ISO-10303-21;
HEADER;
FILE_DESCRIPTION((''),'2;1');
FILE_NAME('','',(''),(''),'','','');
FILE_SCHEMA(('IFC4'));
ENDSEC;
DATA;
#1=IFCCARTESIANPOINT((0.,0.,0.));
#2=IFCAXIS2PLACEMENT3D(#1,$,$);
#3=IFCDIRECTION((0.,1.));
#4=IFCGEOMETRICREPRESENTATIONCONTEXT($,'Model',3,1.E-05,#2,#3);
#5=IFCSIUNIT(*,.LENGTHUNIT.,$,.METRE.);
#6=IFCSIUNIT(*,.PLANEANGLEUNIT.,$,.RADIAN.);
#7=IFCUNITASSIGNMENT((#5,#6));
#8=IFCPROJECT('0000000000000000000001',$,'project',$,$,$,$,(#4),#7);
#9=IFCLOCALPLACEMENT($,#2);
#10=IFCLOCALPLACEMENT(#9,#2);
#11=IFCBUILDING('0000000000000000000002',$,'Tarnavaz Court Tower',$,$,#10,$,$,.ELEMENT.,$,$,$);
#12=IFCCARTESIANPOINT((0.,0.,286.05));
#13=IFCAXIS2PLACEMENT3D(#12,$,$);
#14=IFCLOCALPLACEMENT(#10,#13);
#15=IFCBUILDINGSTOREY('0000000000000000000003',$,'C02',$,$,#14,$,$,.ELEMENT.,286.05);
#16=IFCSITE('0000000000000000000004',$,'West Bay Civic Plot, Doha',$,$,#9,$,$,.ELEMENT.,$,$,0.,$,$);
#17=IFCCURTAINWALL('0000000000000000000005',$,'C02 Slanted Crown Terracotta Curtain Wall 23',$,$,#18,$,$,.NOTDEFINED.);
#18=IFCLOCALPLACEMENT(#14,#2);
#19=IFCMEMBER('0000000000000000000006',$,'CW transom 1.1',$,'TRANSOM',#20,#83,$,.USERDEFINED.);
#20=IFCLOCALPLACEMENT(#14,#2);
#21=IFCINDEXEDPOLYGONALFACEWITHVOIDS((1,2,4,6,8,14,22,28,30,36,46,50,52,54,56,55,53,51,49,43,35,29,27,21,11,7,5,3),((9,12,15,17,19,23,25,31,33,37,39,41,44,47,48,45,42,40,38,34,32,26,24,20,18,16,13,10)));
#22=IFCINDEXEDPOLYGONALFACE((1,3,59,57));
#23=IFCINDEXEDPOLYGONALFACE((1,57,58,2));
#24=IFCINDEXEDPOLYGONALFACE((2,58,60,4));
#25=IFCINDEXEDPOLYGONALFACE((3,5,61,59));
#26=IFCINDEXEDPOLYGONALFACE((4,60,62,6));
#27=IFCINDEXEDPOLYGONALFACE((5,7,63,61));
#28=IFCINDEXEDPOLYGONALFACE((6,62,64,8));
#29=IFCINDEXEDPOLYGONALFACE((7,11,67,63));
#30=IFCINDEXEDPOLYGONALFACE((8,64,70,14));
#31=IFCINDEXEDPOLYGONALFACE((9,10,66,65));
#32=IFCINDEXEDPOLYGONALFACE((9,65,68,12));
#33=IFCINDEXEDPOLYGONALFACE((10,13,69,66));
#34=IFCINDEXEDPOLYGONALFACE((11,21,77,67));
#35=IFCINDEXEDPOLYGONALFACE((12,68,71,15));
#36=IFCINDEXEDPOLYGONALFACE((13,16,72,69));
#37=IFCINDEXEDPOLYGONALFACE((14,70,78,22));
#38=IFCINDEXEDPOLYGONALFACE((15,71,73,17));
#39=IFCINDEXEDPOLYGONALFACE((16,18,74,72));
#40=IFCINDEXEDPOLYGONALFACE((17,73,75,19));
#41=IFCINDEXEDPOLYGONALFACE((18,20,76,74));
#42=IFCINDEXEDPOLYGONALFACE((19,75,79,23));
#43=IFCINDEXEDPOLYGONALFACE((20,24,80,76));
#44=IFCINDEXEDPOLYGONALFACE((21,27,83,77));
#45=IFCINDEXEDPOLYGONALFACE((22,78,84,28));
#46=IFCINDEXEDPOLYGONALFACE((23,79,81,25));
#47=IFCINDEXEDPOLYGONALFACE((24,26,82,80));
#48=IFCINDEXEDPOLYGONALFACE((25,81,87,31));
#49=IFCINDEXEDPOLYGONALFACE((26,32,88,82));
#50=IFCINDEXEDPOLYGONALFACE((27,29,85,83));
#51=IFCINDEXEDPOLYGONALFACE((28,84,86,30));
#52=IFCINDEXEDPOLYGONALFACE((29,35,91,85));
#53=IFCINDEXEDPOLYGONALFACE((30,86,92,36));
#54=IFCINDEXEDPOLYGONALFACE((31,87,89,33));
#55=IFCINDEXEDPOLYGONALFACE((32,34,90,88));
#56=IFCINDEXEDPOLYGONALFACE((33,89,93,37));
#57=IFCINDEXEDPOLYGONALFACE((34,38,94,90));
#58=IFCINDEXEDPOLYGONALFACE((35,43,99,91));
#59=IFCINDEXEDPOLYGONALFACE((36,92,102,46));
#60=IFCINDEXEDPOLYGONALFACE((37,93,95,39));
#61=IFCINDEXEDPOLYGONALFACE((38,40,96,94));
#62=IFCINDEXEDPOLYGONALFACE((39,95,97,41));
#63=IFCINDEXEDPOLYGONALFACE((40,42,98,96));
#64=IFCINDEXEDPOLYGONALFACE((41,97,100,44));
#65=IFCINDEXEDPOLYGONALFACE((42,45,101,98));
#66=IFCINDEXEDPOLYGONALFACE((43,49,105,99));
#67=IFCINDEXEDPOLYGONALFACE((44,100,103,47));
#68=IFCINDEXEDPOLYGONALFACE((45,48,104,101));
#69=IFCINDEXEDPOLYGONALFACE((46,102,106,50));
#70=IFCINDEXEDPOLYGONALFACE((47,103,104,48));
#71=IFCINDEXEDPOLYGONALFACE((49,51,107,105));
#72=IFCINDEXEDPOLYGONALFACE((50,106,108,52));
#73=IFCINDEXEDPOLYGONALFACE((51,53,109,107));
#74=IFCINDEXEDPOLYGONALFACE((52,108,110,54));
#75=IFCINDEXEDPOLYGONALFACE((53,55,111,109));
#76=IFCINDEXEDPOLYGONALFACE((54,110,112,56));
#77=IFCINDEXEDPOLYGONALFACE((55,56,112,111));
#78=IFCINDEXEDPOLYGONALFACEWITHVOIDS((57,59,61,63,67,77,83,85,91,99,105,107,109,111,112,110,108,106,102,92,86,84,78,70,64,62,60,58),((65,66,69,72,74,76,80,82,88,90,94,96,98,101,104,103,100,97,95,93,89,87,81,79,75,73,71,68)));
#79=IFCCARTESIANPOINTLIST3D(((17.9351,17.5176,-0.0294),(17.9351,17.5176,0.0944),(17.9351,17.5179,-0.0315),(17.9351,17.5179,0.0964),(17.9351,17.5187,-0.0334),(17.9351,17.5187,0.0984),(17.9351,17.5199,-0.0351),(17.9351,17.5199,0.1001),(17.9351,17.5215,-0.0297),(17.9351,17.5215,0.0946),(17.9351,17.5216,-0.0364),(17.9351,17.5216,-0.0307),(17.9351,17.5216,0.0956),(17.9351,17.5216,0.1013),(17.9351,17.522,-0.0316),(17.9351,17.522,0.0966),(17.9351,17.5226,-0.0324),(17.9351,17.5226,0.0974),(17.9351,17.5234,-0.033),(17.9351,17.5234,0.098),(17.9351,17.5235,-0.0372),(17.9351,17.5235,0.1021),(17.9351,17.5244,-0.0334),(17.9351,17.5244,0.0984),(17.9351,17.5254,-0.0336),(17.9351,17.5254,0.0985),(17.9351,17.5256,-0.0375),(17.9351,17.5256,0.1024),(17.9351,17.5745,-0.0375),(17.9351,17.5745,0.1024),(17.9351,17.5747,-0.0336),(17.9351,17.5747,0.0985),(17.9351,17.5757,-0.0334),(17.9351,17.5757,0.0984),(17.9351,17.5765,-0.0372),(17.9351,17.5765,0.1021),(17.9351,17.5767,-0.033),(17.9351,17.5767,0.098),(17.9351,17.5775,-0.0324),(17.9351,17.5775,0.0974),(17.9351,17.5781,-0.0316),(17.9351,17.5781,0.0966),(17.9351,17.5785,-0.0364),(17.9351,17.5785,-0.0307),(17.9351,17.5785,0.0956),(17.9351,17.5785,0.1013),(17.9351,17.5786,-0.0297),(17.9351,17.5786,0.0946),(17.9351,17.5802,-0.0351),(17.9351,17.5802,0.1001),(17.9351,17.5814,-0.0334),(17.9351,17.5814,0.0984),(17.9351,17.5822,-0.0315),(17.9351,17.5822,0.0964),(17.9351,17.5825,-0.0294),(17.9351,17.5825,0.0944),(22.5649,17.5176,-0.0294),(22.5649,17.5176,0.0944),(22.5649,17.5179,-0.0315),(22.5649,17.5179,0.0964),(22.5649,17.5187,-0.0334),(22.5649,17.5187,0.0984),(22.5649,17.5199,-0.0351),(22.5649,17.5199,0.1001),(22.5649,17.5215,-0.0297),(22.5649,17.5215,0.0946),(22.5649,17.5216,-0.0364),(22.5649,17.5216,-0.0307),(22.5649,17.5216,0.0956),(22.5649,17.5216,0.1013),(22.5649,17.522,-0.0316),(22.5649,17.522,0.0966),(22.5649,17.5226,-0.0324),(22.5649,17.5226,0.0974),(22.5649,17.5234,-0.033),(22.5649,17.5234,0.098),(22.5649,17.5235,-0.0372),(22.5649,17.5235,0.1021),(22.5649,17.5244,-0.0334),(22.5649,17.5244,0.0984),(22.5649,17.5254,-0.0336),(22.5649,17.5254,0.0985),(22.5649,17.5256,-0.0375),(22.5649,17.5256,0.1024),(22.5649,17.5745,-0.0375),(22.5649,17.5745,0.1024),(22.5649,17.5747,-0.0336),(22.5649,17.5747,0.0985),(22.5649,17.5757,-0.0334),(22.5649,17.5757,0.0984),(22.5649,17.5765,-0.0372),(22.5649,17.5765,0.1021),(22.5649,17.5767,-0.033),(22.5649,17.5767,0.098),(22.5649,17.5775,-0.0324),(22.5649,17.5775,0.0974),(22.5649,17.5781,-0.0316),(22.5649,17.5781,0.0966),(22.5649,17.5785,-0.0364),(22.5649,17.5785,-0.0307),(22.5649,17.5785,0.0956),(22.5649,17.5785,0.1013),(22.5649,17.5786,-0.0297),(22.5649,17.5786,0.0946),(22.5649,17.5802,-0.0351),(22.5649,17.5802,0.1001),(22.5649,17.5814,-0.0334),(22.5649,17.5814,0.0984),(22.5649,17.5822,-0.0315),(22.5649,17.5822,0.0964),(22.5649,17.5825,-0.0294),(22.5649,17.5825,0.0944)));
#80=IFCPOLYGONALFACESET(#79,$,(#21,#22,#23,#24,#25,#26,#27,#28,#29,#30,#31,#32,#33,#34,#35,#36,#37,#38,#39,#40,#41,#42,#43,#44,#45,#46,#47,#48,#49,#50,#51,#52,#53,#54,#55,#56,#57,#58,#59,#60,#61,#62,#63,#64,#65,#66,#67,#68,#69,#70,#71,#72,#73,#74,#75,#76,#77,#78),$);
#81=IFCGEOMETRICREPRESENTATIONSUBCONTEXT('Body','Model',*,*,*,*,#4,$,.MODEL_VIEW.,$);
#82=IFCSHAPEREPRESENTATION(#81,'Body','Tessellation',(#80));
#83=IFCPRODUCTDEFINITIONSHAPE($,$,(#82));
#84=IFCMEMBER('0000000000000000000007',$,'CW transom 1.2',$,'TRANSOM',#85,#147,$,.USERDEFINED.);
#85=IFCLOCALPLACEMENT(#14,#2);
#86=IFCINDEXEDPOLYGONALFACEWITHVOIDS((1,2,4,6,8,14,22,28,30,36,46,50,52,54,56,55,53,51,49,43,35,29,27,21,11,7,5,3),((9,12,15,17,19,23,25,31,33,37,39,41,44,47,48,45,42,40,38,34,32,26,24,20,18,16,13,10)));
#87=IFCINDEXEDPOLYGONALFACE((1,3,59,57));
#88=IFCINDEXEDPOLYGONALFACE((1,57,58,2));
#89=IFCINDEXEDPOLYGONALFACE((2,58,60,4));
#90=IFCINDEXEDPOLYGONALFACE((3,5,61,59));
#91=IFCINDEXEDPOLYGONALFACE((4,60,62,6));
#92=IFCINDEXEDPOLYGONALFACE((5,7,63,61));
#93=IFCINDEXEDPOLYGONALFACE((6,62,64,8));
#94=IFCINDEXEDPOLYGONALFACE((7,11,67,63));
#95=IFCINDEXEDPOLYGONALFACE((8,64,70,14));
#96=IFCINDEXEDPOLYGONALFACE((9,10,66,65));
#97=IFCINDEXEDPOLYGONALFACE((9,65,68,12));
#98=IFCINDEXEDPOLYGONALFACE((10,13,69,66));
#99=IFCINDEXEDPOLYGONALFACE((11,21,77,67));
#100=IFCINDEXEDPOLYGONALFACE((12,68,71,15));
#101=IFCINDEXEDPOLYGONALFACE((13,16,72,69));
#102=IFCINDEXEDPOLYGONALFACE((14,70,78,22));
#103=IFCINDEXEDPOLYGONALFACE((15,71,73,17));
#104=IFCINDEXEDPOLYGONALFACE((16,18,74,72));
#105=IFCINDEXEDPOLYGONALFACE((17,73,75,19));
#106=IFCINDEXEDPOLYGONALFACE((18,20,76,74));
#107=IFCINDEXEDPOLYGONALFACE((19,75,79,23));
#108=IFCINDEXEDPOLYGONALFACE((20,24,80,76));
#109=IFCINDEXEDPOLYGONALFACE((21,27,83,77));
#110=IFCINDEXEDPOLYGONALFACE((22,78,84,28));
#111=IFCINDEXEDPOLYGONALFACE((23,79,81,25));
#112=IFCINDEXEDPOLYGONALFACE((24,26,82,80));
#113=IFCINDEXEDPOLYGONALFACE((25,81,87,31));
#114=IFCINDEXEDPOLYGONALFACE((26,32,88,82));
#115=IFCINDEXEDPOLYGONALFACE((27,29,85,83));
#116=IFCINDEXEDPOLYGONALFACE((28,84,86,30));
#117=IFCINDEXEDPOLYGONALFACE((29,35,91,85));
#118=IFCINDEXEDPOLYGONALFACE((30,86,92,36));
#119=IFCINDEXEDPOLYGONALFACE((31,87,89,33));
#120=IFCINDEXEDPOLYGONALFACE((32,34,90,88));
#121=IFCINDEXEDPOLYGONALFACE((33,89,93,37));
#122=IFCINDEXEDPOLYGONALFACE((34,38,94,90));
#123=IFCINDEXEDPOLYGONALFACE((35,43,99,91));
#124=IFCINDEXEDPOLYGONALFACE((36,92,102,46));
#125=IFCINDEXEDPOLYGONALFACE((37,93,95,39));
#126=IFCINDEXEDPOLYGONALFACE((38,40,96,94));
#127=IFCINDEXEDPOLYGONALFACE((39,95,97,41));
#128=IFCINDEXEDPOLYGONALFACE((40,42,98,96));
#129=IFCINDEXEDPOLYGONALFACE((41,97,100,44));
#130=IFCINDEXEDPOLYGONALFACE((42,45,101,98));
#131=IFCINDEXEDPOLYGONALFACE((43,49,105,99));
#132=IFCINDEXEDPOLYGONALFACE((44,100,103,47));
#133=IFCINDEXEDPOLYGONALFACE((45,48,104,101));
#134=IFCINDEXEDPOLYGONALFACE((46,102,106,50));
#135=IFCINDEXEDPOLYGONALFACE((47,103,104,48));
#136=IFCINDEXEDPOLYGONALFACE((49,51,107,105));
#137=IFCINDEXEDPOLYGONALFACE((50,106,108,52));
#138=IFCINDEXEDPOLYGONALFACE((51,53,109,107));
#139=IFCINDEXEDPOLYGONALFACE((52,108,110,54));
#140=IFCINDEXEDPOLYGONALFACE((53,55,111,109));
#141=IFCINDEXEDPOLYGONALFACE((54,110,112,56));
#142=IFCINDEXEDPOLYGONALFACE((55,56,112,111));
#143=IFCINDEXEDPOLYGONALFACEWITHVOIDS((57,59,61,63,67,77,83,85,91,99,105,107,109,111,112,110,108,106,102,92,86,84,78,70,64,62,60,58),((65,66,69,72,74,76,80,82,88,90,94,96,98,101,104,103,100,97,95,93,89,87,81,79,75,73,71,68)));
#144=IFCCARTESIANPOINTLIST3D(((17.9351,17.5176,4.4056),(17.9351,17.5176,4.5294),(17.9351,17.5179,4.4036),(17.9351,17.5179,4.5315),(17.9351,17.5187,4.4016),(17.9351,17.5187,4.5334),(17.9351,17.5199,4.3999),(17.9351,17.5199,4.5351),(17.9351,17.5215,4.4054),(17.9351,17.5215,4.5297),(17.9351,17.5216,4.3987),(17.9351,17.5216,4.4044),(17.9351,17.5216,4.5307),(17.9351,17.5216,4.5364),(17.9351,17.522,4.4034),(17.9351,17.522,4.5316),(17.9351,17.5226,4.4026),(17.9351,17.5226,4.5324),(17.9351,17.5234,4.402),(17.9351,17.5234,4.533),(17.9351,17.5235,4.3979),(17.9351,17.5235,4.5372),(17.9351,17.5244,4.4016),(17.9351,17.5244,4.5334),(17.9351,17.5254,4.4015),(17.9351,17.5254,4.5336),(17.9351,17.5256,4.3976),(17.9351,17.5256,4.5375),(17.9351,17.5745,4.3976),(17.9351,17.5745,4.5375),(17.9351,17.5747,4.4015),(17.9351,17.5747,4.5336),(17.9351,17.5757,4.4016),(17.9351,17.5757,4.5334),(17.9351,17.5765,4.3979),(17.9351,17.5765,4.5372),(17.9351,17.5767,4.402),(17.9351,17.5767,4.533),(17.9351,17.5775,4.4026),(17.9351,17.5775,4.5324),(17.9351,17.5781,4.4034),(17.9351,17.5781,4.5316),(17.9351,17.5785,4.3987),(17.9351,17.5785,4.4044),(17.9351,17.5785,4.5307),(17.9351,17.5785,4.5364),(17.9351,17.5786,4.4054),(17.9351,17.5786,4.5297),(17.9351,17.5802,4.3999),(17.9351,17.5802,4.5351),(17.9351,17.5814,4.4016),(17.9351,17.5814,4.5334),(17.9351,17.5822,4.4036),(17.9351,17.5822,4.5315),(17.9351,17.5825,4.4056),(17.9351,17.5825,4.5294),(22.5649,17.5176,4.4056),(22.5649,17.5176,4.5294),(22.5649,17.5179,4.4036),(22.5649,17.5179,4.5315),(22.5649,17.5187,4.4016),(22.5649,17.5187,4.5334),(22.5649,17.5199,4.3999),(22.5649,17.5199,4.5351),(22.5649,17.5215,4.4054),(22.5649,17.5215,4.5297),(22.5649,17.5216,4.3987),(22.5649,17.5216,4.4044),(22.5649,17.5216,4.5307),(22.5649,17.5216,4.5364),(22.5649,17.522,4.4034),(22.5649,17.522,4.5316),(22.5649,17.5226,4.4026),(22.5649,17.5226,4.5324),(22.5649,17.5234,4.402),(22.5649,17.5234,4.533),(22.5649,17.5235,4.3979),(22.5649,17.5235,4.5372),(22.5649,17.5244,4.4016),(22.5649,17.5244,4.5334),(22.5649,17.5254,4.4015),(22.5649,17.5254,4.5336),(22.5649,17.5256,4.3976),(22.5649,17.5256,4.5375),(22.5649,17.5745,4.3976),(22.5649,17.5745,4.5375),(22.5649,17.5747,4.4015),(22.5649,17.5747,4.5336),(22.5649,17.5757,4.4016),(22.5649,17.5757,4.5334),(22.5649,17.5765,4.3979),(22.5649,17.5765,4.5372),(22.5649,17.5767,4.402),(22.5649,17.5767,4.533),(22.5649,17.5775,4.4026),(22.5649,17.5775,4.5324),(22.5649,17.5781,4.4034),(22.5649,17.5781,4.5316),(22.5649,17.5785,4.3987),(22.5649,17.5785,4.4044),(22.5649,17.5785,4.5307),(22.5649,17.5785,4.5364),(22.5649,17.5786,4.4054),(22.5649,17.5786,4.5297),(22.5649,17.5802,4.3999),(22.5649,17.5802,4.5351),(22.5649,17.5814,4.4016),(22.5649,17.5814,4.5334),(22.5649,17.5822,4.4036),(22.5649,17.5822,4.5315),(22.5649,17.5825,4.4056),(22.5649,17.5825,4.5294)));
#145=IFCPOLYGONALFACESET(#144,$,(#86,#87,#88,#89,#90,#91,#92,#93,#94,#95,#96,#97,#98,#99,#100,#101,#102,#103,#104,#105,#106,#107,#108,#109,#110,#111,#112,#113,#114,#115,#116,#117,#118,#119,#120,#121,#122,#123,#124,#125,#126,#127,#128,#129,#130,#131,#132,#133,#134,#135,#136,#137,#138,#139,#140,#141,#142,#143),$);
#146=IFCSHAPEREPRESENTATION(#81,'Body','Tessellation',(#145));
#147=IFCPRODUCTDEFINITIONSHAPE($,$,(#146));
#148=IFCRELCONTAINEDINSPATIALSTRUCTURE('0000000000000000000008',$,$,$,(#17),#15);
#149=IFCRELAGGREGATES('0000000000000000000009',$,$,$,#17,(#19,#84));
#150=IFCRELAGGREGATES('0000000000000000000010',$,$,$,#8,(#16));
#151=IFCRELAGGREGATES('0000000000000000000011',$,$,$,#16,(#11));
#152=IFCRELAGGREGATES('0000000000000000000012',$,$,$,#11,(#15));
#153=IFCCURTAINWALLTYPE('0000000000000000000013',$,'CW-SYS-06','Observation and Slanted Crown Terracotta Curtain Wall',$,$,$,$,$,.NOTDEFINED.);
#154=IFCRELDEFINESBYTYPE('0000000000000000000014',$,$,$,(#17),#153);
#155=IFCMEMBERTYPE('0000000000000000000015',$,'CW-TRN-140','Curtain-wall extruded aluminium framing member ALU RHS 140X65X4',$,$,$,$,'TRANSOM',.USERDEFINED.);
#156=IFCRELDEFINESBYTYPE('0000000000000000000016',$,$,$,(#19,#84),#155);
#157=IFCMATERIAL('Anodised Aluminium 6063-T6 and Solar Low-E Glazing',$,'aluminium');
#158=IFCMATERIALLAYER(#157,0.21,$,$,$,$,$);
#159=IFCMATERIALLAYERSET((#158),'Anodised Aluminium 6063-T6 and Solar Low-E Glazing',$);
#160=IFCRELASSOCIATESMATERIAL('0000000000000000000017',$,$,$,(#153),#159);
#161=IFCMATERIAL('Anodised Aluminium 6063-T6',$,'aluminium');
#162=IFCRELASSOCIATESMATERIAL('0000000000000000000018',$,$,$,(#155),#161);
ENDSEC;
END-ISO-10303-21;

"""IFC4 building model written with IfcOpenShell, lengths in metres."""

from ifc_helpers import new_model, si_unit, direction, frame, origin, origin_2d, place, context, subcontext, project, spatial, hollow_rectangle, extrude, material, layer, layer_set, material_profile, profile_set, type_object, element, aggregate, save


model = new_model("IFC4")

# Units and contexts
model_context = context("Model", 3, precision=1e-05, world=origin(), true_north=direction((0.0, 1.0)))
body_context = subcontext(model_context, "Body", "Model", "MODEL_VIEW")
ifc_project = project(units=[si_unit("LENGTHUNIT", "METRE"), si_unit("PLANEANGLEUNIT", "RADIAN")], contexts=[model_context])

# Site, building, storey
site_placement = place(None, origin())
site = spatial("IfcSite", under=ifc_project, at=site_placement, Name="West Bay Civic Plot, Doha", CompositionType="ELEMENT", RefElevation=0.0)
building_placement = place(site_placement, origin())
building = spatial("IfcBuilding", under=site, at=building_placement, Name="Tarnavaz Court Tower", CompositionType="ELEMENT")
storey_placement = place(building_placement, frame((0.0, 0.0, 286.05)))
storey = spatial("IfcBuildingStorey", under=building, at=storey_placement, Name="C02", CompositionType="ELEMENT", Elevation=286.05)

# Shared definitions
ifc_material_1 = material(Name="Anodised Aluminium 6063-T6 and Solar Low-E Glazing", Category="aluminium")
ifc_layer_1 = layer(ifc_material_1, 0.21)
ifc_layer_set_1 = layer_set([ifc_layer_1], Name="Anodised Aluminium 6063-T6 and Solar Low-E Glazing")
curtain_wall_type = type_object("IfcCurtainWallType", Name="CW-SYS-06", Description="Observation and Slanted Crown Terracotta Curtain Wall", PredefinedType="NOTDEFINED", material=ifc_layer_set_1)
ifc_material_2 = material(Name="Anodised Aluminium 6063-T6", Category="aluminium")

# Curtain wall
curtain_wall_1_placement = place(storey_placement, origin())
curtain_wall_1 = element("IfcCurtainWall", 1, at=curtain_wall_1_placement, inside=storey, type_object=curtain_wall_type, Name="C02 Slanted Crown Terracotta Curtain Wall 23", PredefinedType="NOTDEFINED")

# Members
ifc_material_profile_1 = material_profile(ifc_material_2, hollow_rectangle(XDim=0.0649, YDim=0.1399, WallThickness=0.0039, InnerFilletRadius=0.0039, OuterFilletRadius=0.0081, at=origin_2d()), Name="ALU RHS 140X65X4")
ifc_profile_set_1 = profile_set([ifc_material_profile_1], Name="Anodised Aluminium 6063-T6")
member_type_1 = type_object("IfcMemberType", Name="CW-TRN-140", Description="Curtain-wall extruded aluminium framing member ALU RHS 140X65X4", ElementType="TRANSOM", PredefinedType="USERDEFINED", material=ifc_profile_set_1)
member_1_placement = place(storey_placement, frame((17.9351, 17.55, 0.0325), z_axis=(1.0, 0.0, 0.0), x_axis=(0.0, 1.0, 0.0)))
member_1 = element("IfcMember", 2, at=member_1_placement, type_object=member_type_1, Name="CW transom 1.1", ObjectType="TRANSOM", PredefinedType="USERDEFINED", context=body_context, shape_type="SweptSolid", body=[
    extrude(hollow_rectangle(XDim=0.0649, YDim=0.1399, WallThickness=0.0039, InnerFilletRadius=0.0039, OuterFilletRadius=0.0081, at=origin_2d()), origin(), (0.0, 0.0, 1.0), 4.6299),
])
member_2_placement = place(storey_placement, frame((17.9351, 17.55, 4.4675), z_axis=(1.0, 0.0, 0.0), x_axis=(0.0, 1.0, 0.0)))
member_2 = element("IfcMember", 3, at=member_2_placement, type_object=member_type_1, Name="CW transom 1.2", ObjectType="TRANSOM", PredefinedType="USERDEFINED", context=body_context, shape_type="SweptSolid", body=[
    extrude(hollow_rectangle(XDim=0.0649, YDim=0.1399, WallThickness=0.0039, InnerFilletRadius=0.0039, OuterFilletRadius=0.0081, at=origin_2d()), origin(), (0.0, 0.0, 1.0), 4.6299),
])
aggregate(curtain_wall_1, [member_1, member_2])

save(model, "model.ifc")
